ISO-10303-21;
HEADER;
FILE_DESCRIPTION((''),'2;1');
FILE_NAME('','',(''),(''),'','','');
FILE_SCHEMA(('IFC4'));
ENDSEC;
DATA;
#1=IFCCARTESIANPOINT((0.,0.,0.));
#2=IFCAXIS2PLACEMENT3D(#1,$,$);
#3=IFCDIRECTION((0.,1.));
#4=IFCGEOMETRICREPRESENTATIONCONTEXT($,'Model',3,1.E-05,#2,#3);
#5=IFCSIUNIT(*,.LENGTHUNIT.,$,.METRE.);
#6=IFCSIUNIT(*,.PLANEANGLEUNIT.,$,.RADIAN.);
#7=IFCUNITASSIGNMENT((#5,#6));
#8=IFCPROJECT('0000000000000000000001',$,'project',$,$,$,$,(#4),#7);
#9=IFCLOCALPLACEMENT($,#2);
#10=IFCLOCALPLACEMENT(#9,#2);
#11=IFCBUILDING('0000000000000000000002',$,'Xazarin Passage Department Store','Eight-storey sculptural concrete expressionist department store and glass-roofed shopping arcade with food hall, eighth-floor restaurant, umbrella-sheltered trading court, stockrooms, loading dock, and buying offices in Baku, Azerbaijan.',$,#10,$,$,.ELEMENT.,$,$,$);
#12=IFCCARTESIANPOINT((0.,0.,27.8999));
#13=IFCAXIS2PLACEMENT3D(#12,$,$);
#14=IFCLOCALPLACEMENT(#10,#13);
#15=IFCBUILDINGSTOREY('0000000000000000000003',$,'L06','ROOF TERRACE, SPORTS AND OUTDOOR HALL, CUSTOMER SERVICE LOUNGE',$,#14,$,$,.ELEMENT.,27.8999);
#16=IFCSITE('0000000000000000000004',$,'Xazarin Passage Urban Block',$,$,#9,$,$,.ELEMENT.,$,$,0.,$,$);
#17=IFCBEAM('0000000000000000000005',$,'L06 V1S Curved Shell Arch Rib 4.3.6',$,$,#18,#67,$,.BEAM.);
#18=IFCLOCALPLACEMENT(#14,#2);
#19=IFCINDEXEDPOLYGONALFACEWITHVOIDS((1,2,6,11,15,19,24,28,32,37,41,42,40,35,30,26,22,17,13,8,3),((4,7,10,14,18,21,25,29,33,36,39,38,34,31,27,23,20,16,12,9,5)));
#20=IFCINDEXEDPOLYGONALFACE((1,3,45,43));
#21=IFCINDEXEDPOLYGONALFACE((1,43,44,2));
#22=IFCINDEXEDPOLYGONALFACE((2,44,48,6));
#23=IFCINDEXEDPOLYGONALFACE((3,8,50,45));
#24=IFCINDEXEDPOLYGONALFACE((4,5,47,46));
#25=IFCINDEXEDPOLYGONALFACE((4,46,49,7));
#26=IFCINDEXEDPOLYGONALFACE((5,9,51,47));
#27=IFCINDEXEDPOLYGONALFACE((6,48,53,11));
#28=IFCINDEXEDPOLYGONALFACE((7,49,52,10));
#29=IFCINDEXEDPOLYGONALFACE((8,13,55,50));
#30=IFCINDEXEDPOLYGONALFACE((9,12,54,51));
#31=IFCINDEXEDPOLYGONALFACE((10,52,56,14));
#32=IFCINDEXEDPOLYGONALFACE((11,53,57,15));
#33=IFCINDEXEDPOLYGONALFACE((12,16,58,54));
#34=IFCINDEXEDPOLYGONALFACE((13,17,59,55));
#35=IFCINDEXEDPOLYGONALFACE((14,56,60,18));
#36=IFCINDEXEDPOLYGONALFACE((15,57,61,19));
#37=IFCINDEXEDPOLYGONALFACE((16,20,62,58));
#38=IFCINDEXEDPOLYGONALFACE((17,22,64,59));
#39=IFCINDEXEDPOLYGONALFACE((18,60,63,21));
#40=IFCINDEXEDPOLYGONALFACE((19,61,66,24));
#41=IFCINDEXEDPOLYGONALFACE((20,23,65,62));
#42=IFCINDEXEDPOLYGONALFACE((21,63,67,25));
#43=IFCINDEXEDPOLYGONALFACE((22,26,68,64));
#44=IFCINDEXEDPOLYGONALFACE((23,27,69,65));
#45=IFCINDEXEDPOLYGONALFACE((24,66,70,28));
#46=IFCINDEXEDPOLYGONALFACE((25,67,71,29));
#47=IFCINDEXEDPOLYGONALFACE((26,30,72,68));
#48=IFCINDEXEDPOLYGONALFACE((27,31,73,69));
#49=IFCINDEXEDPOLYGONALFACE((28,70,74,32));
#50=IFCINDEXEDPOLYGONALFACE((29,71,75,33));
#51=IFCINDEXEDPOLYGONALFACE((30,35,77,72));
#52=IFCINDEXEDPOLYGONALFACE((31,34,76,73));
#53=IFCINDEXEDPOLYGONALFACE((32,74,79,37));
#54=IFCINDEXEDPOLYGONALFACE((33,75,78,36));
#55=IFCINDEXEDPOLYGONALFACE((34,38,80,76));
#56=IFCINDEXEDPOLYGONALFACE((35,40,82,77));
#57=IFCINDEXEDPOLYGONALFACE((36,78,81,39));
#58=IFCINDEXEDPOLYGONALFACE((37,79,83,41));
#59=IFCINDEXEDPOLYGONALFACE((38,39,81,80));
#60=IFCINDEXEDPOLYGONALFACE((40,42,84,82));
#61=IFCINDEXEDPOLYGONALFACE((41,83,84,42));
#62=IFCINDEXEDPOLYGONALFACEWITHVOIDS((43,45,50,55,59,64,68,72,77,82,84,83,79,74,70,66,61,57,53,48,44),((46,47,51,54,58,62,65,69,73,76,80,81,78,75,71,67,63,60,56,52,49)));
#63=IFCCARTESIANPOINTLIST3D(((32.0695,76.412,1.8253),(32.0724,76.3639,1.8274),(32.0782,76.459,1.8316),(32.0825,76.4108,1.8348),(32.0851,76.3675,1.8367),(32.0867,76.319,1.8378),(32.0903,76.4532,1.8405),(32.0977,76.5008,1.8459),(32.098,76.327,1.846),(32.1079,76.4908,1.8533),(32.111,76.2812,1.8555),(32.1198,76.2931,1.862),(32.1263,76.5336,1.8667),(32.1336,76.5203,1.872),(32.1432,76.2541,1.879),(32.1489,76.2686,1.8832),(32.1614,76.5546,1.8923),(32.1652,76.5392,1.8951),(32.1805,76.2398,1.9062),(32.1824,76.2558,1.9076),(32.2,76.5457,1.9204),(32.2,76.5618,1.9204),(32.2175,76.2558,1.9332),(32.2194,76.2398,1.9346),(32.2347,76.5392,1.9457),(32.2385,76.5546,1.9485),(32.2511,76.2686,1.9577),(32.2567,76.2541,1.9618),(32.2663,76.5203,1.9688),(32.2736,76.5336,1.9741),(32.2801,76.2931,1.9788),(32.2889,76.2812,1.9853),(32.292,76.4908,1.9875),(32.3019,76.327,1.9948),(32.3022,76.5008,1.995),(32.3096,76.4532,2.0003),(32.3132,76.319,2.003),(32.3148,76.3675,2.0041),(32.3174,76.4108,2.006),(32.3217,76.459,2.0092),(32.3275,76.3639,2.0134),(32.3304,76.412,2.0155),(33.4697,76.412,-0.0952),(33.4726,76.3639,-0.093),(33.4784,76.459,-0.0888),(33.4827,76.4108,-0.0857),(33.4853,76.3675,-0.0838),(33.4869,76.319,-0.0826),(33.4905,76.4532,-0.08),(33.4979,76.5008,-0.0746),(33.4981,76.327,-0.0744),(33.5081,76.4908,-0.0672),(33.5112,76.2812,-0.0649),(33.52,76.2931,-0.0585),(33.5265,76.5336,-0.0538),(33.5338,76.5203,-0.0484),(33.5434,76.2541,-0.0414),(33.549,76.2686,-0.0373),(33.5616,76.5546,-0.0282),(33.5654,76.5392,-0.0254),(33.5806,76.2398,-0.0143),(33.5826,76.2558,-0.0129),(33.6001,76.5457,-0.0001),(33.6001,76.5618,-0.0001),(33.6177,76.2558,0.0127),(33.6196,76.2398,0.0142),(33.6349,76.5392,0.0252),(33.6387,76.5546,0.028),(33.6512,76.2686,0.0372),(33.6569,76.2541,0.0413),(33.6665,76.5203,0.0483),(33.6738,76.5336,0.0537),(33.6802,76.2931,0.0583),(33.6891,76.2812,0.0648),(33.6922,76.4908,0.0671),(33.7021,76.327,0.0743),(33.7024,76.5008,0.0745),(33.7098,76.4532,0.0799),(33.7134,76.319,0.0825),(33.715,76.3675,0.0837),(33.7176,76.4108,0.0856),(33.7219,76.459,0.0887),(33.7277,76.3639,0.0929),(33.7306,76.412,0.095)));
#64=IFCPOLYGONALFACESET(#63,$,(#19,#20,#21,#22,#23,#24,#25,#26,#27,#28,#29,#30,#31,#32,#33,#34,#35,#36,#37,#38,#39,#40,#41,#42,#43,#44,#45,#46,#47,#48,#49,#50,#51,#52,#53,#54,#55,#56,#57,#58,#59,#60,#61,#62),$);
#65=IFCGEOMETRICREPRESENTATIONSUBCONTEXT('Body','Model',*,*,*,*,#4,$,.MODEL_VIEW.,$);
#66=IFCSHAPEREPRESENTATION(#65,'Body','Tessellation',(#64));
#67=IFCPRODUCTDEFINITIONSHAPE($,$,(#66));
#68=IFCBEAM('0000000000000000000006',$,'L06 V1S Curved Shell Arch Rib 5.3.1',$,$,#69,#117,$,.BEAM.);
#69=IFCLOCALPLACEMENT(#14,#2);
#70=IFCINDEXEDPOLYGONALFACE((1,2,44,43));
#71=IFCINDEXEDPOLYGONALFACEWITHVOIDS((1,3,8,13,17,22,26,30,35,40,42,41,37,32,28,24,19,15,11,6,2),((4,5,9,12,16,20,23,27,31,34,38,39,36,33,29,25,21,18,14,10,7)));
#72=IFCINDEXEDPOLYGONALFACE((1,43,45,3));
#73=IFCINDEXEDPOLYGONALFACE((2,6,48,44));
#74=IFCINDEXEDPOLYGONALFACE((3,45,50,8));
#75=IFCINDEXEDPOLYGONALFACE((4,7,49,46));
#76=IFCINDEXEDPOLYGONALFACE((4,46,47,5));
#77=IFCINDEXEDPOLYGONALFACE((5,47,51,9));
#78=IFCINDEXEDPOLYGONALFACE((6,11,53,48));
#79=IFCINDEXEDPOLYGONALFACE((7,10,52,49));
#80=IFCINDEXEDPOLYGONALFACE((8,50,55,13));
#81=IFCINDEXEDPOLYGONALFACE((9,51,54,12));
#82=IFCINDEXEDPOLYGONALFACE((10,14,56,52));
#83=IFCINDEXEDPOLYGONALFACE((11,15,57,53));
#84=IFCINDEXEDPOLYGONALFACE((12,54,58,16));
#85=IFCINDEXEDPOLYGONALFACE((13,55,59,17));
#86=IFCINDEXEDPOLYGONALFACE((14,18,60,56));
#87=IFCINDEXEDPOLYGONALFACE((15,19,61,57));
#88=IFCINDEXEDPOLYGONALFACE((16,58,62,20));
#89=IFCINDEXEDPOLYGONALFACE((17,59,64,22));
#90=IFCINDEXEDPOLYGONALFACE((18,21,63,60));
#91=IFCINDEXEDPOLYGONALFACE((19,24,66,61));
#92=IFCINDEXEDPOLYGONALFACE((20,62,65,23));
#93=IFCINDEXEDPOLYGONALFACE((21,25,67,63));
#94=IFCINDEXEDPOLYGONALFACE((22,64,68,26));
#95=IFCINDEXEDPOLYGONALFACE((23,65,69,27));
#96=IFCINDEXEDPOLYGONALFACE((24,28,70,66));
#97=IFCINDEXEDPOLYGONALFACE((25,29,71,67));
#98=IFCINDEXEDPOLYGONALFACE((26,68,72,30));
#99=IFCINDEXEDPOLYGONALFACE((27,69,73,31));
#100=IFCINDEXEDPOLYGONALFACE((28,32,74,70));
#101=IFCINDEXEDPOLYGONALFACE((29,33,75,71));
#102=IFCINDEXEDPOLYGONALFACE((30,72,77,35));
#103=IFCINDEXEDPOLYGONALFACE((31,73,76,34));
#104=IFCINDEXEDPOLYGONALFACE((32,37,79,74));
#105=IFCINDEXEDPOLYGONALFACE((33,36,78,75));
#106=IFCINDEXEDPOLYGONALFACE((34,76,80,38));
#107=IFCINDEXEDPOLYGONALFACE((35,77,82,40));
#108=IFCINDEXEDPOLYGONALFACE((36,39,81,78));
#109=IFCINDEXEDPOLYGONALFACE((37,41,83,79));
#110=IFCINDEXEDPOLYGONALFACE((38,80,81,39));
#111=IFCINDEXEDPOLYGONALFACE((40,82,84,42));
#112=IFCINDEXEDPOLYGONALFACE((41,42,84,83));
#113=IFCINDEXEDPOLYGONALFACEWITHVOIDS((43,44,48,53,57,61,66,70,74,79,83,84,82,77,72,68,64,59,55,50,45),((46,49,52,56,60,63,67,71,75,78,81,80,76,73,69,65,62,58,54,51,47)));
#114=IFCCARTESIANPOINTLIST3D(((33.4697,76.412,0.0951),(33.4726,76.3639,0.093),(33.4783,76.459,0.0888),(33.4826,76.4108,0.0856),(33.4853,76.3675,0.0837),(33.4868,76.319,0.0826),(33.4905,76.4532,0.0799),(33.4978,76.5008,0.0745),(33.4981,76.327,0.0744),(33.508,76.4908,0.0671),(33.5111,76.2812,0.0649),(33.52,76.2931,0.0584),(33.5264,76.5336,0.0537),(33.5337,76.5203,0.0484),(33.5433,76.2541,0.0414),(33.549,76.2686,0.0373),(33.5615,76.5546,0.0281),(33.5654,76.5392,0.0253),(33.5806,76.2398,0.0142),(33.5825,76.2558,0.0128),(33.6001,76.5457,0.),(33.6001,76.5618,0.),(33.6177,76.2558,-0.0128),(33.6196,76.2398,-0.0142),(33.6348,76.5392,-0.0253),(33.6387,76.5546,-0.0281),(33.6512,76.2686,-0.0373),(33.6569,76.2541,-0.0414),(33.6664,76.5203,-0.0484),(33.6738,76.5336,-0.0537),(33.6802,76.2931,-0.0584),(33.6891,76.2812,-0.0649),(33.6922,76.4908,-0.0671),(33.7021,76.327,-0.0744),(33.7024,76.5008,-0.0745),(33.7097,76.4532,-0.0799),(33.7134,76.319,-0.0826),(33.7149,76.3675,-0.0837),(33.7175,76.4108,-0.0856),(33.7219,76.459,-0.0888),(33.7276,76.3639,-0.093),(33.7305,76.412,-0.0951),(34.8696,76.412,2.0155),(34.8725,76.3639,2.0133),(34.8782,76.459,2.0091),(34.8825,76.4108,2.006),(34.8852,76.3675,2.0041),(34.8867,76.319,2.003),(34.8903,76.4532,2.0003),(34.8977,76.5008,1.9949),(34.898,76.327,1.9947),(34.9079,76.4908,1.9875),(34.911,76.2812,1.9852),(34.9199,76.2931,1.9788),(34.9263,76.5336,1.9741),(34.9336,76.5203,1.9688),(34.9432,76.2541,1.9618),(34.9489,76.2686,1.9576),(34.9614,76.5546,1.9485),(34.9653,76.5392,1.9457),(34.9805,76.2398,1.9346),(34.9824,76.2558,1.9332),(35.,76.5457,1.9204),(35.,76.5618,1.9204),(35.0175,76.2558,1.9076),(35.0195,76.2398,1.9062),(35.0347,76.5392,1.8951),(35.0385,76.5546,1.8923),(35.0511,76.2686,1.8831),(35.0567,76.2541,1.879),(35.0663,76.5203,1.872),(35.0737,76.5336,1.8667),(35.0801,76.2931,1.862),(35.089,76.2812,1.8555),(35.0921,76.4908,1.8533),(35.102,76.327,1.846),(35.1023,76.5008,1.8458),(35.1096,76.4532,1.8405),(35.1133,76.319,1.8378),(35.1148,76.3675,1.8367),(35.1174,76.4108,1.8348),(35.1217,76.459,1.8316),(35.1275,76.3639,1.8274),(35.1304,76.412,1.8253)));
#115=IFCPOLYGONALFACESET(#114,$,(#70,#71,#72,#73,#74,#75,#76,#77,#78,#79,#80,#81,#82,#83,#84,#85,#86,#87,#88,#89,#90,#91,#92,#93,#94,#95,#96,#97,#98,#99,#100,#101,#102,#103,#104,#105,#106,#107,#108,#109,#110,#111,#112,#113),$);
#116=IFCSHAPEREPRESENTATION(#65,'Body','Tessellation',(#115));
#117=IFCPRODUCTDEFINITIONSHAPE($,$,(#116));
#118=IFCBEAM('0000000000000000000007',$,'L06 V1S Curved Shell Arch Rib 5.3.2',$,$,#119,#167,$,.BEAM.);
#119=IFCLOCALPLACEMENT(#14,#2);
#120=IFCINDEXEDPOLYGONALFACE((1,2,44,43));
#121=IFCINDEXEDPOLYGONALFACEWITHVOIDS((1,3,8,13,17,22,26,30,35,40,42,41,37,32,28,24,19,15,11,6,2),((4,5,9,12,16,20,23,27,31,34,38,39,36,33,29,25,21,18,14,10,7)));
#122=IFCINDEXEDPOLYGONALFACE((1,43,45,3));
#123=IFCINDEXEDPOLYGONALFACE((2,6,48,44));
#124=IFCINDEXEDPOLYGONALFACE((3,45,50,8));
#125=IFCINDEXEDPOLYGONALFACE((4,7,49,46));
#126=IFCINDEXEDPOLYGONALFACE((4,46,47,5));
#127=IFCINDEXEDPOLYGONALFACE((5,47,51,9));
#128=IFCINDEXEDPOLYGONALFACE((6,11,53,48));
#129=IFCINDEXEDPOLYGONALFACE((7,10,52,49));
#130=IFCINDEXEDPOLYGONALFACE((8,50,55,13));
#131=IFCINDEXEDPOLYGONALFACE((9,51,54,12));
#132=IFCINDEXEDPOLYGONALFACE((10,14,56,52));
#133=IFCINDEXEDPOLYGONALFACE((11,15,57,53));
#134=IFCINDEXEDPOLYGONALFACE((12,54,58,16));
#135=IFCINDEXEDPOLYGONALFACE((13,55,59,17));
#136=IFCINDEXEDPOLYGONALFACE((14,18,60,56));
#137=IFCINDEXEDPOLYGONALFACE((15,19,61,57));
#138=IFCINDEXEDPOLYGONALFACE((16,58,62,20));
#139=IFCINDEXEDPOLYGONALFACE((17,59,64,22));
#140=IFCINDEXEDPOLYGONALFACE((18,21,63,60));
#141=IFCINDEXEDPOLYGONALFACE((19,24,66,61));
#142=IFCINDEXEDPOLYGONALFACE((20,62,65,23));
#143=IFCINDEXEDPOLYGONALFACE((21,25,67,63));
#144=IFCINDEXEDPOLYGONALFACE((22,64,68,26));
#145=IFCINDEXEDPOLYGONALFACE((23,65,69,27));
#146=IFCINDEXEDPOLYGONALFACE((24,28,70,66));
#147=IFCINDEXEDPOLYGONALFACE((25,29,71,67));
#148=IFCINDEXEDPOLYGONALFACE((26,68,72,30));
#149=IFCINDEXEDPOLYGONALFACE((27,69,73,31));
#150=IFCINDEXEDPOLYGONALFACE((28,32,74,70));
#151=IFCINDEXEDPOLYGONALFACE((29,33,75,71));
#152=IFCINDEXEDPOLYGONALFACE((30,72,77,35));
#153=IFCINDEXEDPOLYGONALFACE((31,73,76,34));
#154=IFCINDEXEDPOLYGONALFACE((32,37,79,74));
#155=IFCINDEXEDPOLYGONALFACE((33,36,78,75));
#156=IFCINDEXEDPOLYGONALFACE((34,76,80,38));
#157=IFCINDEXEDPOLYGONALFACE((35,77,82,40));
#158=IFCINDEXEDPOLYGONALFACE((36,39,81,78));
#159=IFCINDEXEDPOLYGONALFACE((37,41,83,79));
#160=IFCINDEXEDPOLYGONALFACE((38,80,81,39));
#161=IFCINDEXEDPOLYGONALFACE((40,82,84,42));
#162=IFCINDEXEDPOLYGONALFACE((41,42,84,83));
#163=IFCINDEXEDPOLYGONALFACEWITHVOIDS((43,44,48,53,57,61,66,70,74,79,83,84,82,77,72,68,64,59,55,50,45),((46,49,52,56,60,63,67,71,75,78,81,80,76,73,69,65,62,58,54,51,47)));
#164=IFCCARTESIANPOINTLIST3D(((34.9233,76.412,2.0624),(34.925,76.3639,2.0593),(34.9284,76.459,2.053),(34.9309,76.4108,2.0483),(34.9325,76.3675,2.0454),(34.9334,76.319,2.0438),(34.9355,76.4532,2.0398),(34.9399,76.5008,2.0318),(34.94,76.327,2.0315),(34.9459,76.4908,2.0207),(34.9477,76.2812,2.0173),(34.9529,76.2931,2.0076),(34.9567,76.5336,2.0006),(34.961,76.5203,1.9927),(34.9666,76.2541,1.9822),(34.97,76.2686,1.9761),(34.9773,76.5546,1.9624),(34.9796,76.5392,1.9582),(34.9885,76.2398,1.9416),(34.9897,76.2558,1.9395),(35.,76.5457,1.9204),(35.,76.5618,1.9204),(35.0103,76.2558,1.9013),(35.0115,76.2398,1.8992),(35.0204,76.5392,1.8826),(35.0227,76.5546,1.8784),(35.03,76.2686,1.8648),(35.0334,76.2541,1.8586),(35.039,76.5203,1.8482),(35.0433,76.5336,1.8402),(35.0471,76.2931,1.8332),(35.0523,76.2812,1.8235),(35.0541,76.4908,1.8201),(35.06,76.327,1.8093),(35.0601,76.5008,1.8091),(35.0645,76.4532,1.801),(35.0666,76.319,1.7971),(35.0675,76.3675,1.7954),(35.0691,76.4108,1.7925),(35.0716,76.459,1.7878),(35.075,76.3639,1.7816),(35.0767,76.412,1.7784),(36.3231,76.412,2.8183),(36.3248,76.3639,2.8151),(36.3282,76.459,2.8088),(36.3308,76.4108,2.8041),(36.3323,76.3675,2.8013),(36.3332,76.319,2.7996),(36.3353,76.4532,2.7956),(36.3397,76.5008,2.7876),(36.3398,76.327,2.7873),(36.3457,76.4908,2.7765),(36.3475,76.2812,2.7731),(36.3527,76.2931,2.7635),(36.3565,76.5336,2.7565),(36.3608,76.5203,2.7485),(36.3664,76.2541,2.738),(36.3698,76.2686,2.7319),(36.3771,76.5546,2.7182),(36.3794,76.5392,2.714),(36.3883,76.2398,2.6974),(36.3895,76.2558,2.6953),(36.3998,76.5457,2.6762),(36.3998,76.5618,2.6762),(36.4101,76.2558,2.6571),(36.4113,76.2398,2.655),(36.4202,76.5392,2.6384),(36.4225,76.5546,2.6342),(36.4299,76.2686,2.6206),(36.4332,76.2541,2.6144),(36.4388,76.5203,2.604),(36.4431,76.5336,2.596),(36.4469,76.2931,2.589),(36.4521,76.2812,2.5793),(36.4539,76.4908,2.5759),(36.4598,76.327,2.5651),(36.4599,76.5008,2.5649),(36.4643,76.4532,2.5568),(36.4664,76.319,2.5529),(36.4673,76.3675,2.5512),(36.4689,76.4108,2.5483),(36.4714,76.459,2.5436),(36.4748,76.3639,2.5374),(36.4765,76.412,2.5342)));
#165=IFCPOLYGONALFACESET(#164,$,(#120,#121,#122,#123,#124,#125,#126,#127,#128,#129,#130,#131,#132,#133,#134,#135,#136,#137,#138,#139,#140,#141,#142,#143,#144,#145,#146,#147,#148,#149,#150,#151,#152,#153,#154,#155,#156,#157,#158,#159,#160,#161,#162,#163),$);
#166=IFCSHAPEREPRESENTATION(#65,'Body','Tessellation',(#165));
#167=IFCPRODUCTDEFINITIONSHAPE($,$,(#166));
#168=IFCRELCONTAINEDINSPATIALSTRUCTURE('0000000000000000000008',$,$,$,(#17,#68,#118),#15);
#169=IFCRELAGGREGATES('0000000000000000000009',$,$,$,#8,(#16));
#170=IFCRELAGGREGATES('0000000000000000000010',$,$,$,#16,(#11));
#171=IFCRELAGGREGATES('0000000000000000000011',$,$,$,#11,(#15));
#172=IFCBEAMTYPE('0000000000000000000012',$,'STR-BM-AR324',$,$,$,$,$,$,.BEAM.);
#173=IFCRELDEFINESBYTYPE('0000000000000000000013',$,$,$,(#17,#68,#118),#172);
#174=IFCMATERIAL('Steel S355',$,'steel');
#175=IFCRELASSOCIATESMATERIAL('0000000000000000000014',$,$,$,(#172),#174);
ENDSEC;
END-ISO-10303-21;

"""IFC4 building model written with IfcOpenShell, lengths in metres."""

from ifc_helpers import new_model, si_unit, direction, frame, origin, origin_2d, place, context, subcontext, project, spatial, hollow_circle, extrude, material, material_profile, profile_set, type_object, element, save


model = new_model("IFC4")

# Units and contexts
model_context = context("Model", 3, precision=1e-05, world=origin(), true_north=direction((0.0, 1.0)))
body_context = subcontext(model_context, "Body", "Model", "MODEL_VIEW")
ifc_project = project(units=[si_unit("LENGTHUNIT", "METRE"), si_unit("PLANEANGLEUNIT", "RADIAN")], contexts=[model_context])

# Site, building, storey
site_placement = place(None, origin())
site = spatial("IfcSite", under=ifc_project, at=site_placement, Name="Xazarin Passage Urban Block", CompositionType="ELEMENT", RefElevation=0.0)
building_placement = place(site_placement, origin())
building = spatial("IfcBuilding", under=site, at=building_placement, Name="Xazarin Passage Department Store", Description="Eight-storey sculptural concrete expressionist department store and glass-roofed shopping arcade with food hall, eighth-floor restaurant, umbrella-sheltered trading court, stockrooms, loading dock, and buying offices in Baku, Azerbaijan.", CompositionType="ELEMENT")
storey_placement = place(building_placement, frame((0.0, 0.0, 27.8999)))
storey = spatial("IfcBuildingStorey", under=building, at=storey_placement, Name="L06", Description="ROOF TERRACE, SPORTS AND OUTDOOR HALL, CUSTOMER SERVICE LOUNGE", CompositionType="ELEMENT", Elevation=27.8999)

# Beams
ifc_material_1 = material(Name="Steel S355", Category="steel")
ifc_material_profile_1 = material_profile(ifc_material_1, hollow_circle(Radius=0.1619, WallThickness=0.0161, at=origin_2d()), Name="CHS 323.9x16")
ifc_profile_set_1 = profile_set([ifc_material_profile_1], Name="Steel S355")
beam_type_1 = type_object("IfcBeamType", Name="STR-BM-AR324", PredefinedType="BEAM", material=ifc_profile_set_1)
beam_1_placement = place(storey_placement, frame((32.2, 76.3999, 1.9204), z_axis=(0.58913, 0.0, -0.808038), x_axis=(0.0, 1.0, 0.0)))
element("IfcBeam", 1, at=beam_1_placement, inside=storey, type_object=beam_type_1, Name="L06 V1S Curved Shell Arch Rib 4.3.6", PredefinedType="BEAM", context=body_context, shape_type="SweptSolid", body=[
    extrude(hollow_circle(Radius=0.1619, WallThickness=0.0161, at=origin_2d()), origin(), (0.0, 0.0, 1.0), 2.3767),
])
beam_2_placement = place(storey_placement, frame((33.6001, 76.3999, 0.0), z_axis=(0.589063, 0.0, 0.808087), x_axis=(0.0, 1.0, 0.0)))
element("IfcBeam", 2, at=beam_2_placement, inside=storey, type_object=beam_type_1, Name="L06 V1S Curved Shell Arch Rib 5.3.1", PredefinedType="BEAM", context=body_context, shape_type="SweptSolid", body=[
    extrude(hollow_circle(Radius=0.1619, WallThickness=0.0161, at=origin_2d()), origin(), (0.0, 0.0, 1.0), 2.3765),
])
beam_3_placement = place(storey_placement, frame((35.0, 76.3999, 1.9204), z_axis=(0.879928, 0.0, 0.475106), x_axis=(0.0, 1.0, 0.0)))
element("IfcBeam", 3, at=beam_3_placement, inside=storey, type_object=beam_type_1, Name="L06 V1S Curved Shell Arch Rib 5.3.2", PredefinedType="BEAM", context=body_context, shape_type="SweptSolid", body=[
    extrude(hollow_circle(Radius=0.1619, WallThickness=0.0161, at=origin_2d()), origin(), (0.0, 0.0, 1.0), 1.5908),
])

save(model, "model.ifc")
